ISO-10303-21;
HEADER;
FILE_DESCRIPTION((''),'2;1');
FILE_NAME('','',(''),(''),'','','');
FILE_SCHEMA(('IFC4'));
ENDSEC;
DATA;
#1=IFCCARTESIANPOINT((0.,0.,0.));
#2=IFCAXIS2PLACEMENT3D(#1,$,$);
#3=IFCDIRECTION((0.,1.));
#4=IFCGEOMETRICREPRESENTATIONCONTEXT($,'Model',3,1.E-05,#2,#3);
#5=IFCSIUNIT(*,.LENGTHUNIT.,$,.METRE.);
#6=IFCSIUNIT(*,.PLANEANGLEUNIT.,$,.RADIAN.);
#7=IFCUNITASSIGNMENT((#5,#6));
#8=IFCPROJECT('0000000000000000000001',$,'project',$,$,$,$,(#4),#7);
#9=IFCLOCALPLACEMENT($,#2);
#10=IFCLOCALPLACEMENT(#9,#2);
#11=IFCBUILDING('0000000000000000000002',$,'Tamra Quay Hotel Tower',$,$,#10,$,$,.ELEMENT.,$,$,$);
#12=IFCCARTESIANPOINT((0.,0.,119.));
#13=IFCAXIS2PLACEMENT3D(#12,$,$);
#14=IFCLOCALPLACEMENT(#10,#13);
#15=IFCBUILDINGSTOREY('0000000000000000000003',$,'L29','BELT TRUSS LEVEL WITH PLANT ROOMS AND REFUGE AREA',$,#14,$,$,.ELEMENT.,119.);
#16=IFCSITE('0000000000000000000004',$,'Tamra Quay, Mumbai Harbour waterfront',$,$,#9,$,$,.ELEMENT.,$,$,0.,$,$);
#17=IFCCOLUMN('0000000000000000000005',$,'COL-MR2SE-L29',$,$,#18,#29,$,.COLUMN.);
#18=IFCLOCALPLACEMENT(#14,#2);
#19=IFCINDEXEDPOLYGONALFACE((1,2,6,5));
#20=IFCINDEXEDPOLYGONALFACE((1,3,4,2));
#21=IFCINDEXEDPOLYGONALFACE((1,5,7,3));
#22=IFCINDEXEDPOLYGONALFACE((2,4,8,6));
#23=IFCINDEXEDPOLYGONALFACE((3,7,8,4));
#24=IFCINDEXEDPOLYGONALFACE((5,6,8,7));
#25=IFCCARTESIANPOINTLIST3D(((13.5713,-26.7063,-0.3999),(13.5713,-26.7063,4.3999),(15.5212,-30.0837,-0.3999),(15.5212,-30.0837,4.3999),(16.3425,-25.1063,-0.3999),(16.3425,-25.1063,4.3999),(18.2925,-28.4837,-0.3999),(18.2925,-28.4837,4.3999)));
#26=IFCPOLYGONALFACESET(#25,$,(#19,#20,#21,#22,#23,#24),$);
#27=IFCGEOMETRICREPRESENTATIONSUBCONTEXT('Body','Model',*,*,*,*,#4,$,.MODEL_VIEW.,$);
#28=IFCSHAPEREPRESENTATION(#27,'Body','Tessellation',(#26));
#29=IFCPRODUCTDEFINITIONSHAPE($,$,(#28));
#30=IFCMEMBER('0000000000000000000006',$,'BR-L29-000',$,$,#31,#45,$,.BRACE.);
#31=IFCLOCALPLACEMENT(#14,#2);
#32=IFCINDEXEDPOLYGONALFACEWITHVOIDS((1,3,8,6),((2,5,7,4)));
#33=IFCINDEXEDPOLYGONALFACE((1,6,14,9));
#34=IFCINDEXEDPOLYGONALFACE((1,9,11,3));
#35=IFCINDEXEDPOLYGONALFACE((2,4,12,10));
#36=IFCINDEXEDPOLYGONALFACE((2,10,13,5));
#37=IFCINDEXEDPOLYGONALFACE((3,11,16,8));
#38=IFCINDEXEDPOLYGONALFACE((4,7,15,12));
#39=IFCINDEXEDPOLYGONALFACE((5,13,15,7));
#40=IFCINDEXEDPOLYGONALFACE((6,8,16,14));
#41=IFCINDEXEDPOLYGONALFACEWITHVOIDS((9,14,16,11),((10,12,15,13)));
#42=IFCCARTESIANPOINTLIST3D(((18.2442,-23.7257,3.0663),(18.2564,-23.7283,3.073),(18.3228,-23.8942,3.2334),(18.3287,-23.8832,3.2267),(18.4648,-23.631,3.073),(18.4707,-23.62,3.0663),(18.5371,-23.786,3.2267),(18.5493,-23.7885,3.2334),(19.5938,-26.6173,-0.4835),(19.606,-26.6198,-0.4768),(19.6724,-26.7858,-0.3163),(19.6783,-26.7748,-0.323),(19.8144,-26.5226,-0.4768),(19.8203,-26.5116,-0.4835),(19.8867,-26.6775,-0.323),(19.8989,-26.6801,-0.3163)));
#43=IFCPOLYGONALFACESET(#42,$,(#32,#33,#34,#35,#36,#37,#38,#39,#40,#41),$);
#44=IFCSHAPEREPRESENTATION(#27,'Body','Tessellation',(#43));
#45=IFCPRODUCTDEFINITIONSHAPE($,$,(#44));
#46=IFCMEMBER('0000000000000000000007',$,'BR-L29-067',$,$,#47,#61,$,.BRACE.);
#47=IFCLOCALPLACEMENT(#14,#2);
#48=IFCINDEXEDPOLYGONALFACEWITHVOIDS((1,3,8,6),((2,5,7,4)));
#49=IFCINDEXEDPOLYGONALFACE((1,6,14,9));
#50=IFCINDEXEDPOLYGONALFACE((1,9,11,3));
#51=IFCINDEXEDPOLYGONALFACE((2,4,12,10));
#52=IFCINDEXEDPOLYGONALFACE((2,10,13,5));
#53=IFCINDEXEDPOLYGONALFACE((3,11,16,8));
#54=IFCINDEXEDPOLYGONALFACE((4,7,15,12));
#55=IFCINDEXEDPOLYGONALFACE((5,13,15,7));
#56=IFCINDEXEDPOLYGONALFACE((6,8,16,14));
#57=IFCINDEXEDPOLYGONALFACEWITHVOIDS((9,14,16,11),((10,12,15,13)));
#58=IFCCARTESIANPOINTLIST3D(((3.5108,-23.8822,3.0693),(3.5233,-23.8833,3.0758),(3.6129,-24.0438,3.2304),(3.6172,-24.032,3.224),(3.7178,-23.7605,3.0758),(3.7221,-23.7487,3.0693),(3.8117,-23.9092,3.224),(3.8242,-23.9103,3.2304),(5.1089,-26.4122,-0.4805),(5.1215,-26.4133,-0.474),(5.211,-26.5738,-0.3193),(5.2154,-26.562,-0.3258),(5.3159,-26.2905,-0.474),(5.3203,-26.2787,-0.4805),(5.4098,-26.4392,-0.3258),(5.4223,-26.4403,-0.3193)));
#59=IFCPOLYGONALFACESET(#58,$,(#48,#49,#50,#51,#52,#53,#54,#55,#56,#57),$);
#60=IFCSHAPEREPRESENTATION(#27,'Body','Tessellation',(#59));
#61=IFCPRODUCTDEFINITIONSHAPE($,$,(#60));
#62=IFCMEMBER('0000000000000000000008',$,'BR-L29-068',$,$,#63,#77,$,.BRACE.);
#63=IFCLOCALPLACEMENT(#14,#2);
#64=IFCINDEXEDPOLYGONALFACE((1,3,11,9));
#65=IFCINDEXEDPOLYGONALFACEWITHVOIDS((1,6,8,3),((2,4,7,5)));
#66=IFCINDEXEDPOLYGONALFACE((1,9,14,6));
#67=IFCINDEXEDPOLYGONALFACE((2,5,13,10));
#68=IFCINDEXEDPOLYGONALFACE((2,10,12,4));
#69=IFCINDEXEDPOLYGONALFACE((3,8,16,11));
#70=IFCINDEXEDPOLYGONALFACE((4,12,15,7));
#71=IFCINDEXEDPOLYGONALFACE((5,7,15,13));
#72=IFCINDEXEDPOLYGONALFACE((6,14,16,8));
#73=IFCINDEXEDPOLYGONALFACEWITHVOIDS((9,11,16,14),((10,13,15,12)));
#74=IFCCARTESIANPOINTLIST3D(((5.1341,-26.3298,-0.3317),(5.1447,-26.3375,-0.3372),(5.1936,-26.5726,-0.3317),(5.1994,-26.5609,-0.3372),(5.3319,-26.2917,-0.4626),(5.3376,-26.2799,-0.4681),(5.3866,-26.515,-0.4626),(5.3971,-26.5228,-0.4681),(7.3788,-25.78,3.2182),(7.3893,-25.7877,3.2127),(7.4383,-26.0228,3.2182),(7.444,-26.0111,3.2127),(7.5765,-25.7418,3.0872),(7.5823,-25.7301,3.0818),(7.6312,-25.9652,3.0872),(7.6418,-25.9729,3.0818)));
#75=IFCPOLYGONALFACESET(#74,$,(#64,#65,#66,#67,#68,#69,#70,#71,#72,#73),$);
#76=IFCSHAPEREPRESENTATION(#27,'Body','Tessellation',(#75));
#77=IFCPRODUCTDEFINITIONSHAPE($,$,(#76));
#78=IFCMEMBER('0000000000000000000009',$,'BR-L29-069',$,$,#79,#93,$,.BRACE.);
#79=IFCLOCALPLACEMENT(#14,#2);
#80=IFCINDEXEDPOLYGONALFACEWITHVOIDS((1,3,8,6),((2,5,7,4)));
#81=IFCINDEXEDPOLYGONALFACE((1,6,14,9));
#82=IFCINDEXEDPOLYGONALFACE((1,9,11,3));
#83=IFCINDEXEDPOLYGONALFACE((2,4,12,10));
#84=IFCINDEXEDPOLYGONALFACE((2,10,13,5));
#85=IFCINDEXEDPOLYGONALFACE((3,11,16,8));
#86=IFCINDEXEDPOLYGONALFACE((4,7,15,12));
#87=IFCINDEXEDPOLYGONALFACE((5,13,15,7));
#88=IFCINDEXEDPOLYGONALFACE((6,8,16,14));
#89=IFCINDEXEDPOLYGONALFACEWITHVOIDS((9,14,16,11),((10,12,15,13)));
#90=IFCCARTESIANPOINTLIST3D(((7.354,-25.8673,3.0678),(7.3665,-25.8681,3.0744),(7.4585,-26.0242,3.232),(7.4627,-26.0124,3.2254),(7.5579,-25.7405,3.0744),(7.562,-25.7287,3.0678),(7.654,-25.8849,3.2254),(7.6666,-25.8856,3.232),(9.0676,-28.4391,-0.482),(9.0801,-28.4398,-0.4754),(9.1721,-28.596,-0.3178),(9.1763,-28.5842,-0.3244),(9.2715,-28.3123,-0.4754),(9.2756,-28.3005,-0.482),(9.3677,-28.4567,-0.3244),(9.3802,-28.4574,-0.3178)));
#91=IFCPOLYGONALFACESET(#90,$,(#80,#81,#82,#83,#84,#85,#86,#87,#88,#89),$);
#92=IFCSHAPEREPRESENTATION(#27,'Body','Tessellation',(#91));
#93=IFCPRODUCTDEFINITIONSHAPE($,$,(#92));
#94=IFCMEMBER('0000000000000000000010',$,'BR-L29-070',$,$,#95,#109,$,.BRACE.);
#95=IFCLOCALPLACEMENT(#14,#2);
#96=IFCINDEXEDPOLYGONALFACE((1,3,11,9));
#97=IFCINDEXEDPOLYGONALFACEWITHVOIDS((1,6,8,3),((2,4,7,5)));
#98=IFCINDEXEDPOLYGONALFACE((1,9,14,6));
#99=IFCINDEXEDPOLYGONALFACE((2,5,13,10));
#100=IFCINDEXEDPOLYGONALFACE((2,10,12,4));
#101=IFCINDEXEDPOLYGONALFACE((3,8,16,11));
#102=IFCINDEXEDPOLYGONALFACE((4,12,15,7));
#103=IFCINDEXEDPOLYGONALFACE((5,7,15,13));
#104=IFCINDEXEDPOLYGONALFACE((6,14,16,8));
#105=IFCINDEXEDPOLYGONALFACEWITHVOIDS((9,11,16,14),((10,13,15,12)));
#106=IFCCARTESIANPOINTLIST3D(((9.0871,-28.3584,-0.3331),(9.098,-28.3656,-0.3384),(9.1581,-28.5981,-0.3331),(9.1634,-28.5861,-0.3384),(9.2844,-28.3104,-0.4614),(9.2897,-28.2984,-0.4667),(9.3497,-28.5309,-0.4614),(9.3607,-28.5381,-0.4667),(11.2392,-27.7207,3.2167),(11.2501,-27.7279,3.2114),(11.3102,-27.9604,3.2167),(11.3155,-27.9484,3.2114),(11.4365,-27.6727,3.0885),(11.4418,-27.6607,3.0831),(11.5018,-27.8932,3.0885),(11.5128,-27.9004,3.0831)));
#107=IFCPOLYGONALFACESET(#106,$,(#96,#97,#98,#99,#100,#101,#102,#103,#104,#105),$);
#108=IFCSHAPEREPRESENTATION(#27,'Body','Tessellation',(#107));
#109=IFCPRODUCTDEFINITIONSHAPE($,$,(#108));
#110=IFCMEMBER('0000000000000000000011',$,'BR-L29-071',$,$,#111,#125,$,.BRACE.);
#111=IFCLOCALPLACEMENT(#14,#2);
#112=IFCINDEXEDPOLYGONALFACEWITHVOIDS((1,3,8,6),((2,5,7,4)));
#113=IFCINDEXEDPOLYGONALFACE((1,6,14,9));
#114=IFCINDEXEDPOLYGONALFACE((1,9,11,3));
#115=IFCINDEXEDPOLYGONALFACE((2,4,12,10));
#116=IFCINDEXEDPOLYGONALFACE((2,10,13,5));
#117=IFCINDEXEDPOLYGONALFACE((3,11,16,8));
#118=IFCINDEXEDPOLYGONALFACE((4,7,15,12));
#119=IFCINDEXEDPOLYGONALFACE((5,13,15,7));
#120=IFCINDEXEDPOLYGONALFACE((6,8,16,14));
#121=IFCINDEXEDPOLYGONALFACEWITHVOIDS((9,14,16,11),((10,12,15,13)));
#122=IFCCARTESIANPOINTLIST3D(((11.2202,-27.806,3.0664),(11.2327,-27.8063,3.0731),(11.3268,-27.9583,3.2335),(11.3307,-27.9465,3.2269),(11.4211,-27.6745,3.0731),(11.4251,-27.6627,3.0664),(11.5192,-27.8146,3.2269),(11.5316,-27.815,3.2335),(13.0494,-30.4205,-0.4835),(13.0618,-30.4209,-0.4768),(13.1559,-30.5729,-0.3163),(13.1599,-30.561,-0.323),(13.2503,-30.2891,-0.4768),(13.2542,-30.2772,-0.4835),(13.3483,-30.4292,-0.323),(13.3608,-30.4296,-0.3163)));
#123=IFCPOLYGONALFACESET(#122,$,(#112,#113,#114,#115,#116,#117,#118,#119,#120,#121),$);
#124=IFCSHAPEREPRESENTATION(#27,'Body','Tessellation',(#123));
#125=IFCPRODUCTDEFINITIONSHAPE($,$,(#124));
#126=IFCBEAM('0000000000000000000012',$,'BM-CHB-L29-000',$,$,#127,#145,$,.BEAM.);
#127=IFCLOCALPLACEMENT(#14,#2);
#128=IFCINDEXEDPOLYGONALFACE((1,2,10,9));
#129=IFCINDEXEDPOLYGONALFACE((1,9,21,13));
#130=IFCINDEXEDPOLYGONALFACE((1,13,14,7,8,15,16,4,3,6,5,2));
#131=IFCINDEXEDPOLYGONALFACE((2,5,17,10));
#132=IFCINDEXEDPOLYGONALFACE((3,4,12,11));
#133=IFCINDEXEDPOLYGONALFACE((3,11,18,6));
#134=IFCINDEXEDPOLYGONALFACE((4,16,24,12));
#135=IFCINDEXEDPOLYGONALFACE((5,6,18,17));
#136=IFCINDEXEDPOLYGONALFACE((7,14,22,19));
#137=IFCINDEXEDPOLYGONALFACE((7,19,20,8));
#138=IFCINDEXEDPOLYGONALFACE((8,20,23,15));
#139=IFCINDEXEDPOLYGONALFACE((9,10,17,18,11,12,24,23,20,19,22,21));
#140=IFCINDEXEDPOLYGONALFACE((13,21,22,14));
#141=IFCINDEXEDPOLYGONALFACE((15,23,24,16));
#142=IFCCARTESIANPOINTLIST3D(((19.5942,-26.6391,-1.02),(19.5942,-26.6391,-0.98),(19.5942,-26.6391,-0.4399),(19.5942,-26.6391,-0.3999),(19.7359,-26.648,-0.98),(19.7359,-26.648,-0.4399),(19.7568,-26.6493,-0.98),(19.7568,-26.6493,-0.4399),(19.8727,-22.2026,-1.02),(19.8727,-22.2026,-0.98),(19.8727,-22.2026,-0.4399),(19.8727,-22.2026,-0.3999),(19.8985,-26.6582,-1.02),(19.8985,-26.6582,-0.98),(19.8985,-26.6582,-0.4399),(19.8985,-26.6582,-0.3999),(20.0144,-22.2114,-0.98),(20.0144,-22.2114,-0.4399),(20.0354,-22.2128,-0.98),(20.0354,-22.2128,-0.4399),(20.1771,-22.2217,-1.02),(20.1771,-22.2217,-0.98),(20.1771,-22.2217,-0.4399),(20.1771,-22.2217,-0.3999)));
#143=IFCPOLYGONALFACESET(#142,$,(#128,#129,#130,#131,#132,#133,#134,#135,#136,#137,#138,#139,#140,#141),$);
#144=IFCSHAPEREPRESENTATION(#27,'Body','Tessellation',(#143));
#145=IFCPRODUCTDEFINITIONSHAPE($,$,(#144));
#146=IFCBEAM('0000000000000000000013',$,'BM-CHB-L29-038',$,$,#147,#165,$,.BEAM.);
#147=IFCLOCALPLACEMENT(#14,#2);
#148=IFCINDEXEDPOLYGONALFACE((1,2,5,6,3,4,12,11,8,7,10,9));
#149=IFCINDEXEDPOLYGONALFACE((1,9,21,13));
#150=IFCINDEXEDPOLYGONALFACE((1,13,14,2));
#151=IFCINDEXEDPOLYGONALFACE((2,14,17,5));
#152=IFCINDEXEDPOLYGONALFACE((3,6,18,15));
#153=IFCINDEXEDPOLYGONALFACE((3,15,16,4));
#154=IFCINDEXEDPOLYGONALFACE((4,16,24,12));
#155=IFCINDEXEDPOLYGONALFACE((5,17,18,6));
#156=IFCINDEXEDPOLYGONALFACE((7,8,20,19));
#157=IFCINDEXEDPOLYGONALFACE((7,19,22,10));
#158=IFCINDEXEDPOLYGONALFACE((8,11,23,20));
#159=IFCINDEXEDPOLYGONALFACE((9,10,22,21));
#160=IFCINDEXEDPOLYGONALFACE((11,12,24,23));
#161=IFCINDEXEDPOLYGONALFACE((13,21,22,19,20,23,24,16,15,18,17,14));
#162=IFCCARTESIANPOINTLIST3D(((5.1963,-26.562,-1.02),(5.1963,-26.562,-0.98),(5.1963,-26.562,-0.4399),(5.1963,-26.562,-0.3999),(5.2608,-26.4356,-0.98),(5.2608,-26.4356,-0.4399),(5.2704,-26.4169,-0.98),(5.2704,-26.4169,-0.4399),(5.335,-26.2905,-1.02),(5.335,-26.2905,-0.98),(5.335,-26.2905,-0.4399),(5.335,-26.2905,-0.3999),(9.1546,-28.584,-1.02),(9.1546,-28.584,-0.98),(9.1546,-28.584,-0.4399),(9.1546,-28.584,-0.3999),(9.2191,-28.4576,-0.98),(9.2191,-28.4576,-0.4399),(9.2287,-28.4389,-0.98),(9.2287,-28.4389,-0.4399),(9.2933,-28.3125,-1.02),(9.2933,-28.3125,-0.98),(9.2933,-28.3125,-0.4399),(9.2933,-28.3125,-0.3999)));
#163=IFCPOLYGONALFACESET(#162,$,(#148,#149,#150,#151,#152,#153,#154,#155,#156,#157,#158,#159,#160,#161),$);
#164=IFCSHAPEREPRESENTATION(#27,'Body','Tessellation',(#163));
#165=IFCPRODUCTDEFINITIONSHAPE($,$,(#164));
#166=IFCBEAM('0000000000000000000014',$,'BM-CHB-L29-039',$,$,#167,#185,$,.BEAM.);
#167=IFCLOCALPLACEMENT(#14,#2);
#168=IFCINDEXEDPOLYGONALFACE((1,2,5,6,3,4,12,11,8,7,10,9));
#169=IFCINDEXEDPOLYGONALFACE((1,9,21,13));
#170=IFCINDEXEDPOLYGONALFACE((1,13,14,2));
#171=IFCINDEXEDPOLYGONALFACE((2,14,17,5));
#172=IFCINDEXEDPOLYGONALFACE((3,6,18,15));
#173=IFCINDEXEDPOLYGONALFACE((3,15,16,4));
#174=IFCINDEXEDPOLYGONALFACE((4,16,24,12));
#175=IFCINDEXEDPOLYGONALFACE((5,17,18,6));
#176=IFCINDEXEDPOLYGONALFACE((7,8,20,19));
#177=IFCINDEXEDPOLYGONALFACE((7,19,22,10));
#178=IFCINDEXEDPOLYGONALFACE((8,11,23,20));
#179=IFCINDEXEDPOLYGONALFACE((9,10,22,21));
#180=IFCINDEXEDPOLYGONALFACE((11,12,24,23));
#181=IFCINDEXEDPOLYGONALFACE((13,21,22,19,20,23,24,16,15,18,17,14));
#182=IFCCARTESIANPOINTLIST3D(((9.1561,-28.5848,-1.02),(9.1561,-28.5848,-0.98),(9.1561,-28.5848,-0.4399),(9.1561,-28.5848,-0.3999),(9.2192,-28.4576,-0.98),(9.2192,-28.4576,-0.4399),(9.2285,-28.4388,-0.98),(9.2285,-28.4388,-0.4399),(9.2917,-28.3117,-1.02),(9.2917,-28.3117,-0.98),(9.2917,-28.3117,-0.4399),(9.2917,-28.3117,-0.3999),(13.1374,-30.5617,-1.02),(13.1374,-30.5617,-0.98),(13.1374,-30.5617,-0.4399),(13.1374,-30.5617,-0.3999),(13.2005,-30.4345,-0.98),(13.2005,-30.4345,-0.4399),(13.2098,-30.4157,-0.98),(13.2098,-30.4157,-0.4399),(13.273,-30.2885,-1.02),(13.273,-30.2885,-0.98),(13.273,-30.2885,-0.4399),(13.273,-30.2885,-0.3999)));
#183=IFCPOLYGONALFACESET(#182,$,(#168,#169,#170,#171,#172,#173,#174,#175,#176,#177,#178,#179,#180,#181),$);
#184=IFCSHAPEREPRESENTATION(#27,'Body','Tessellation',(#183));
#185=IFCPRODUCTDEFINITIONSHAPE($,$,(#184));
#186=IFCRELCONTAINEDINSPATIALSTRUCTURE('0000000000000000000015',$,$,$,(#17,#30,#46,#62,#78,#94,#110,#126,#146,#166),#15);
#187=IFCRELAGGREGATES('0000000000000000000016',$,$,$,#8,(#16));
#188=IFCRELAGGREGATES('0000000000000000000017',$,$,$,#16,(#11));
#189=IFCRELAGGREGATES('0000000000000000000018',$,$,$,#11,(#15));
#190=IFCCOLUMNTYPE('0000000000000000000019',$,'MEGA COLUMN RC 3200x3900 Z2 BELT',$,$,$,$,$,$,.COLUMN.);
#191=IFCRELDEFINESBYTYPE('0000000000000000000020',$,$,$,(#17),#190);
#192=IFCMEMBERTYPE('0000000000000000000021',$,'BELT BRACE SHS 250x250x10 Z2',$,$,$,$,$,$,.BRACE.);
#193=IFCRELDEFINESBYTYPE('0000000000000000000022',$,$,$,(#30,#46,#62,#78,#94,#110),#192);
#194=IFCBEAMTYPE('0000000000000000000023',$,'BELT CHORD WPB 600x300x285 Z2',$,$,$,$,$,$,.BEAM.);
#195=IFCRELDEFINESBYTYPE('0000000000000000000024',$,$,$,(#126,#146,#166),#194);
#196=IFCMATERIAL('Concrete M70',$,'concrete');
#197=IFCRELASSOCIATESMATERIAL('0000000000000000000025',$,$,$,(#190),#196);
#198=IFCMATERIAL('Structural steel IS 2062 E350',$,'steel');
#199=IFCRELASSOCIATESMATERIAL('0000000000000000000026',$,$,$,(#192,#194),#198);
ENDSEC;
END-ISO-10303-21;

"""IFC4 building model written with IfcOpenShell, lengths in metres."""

from ifc_helpers import new_model, si_unit, direction, frame, origin, origin_2d, place, context, subcontext, project, spatial, rectangle, hollow_rectangle, i_section, extrude, material, material_profile, profile_set, type_object, element, save


model = new_model("IFC4")

# Units and contexts
model_context = context("Model", 3, precision=1e-05, world=origin(), true_north=direction((0.0, 1.0)))
body_context = subcontext(model_context, "Body", "Model", "MODEL_VIEW")
ifc_project = project(units=[si_unit("LENGTHUNIT", "METRE"), si_unit("PLANEANGLEUNIT", "RADIAN")], contexts=[model_context])

# Site, building, storey
site_placement = place(None, origin())
site = spatial("IfcSite", under=ifc_project, at=site_placement, Name="Tamra Quay, Mumbai Harbour waterfront", CompositionType="ELEMENT", RefElevation=0.0)
building_placement = place(site_placement, origin())
building = spatial("IfcBuilding", under=site, at=building_placement, Name="Tamra Quay Hotel Tower", CompositionType="ELEMENT")
storey_placement = place(building_placement, frame((0.0, 0.0, 119.0)))
storey = spatial("IfcBuildingStorey", under=building, at=storey_placement, Name="L29", Description="BELT TRUSS LEVEL WITH PLANT ROOMS AND REFUGE AREA", CompositionType="ELEMENT", Elevation=119.0)

# Column
ifc_material_1 = material(Name="Concrete M70", Category="concrete")
ifc_material_profile_1 = material_profile(ifc_material_1, rectangle(XDim=3.8999, YDim=3.2, at=origin_2d()), Name="MEGA COLUMN RC 3200x3900 Z2 BELT")
ifc_profile_set_1 = profile_set([ifc_material_profile_1], Name="Concrete M70")
column_type = type_object("IfcColumnType", Name="MEGA COLUMN RC 3200x3900 Z2 BELT", PredefinedType="COLUMN", material=ifc_profile_set_1)
column_placement = place(storey_placement, frame((15.9319, -27.595, -0.3999), z_axis=(0.0, 0.0, 1.0), x_axis=(-0.5, 0.866025, 0.0)))
element("IfcColumn", 1, at=column_placement, inside=storey, type_object=column_type, Name="COL-MR2SE-L29", PredefinedType="COLUMN", context=body_context, shape_type="SweptSolid", body=[
    extrude(rectangle(XDim=3.8999, YDim=3.2, at=origin_2d()), origin(), (0.0, 0.0, 1.0), 4.7998),
])

# Members
ifc_material_2 = material(Name="Structural steel IS 2062 E350", Category="steel")
ifc_material_profile_2 = material_profile(ifc_material_2, hollow_rectangle(XDim=0.25, YDim=0.25, WallThickness=0.01, at=origin_2d()), Name="SHS 250x250x10")
ifc_profile_set_2 = profile_set([ifc_material_profile_2], Name="Structural steel IS 2062 E350")
member_type = type_object("IfcMemberType", Name="BELT BRACE SHS 250x250x10 Z2", PredefinedType="BRACE", material=ifc_profile_set_2)
member_1_placement = place(storey_placement, frame((19.7463, -26.6487, -0.3999), z_axis=(-0.282744, 0.605793, 0.743687), x_axis=(-0.90616, -0.422936, 0.0)))
element("IfcMember", 2, at=member_1_placement, inside=storey, type_object=member_type, Name="BR-L29-000", PredefinedType="BRACE", context=body_context, shape_type="SweptSolid", body=[
    extrude(hollow_rectangle(XDim=0.25, YDim=0.25, WallThickness=0.01, at=origin_2d()), origin(), (0.0, 0.0, 1.0), 4.7732),
])
member_2_placement = place(storey_placement, frame((5.2656, -26.4263, -0.3999), z_axis=(-0.344215, 0.544928, 0.764571), x_axis=(-0.845454, -0.534048, 0.0)))
element("IfcMember", 3, at=member_2_placement, inside=storey, type_object=member_type, Name="BR-L29-067", PredefinedType="BRACE", context=body_context, shape_type="SweptSolid", body=[
    extrude(hollow_rectangle(XDim=0.25, YDim=0.25, WallThickness=0.01, at=origin_2d()), origin(), (0.0, 0.0, 1.0), 4.6428),
])
member_3_placement = place(storey_placement, frame((5.2656, -26.4263, -0.3999), z_axis=(0.529922, 0.1298, 0.838054), x_axis=(-0.237909, 0.971287, 0.0)))
element("IfcMember", 4, at=member_3_placement, inside=storey, type_object=member_type, Name="BR-L29-068", PredefinedType="BRACE", context=body_context, shape_type="SweptSolid", body=[
    extrude(hollow_rectangle(XDim=0.25, YDim=0.25, WallThickness=0.01, at=origin_2d()), origin(), (0.0, 0.0, 1.0), 4.2358),
])
member_4_placement = place(storey_placement, frame((9.2239, -28.4482, -0.3999), z_axis=(-0.364093, 0.546425, 0.754226), x_axis=(-0.832184, -0.5545, 0.0)))
element("IfcMember", 5, at=member_4_placement, inside=storey, type_object=member_type, Name="BR-L29-069", PredefinedType="BRACE", context=body_context, shape_type="SweptSolid", body=[
    extrude(hollow_rectangle(XDim=0.25, YDim=0.25, WallThickness=0.01, at=origin_2d()), origin(), (0.0, 0.0, 1.0), 4.7065),
])
member_5_placement = place(storey_placement, frame((9.2239, -28.4482, -0.3999), z_axis=(0.512415, 0.151835, 0.845208), x_axis=(-0.284103, 0.958794, 0.0)))
element("IfcMember", 6, at=member_5_placement, inside=storey, type_object=member_type, Name="BR-L29-070", PredefinedType="BRACE", context=body_context, shape_type="SweptSolid", body=[
    extrude(hollow_rectangle(XDim=0.25, YDim=0.25, WallThickness=0.01, at=origin_2d()), origin(), (0.0, 0.0, 1.0), 4.2),
])
member_6_placement = place(storey_placement, frame((13.2051, -30.425, -0.3999), z_axis=(-0.383212, 0.547759, 0.743713), x_axis=(-0.819386, -0.573242, 0.0)))
element("IfcMember", 7, at=member_6_placement, inside=storey, type_object=member_type, Name="BR-L29-071", PredefinedType="BRACE", context=body_context, shape_type="SweptSolid", body=[
    extrude(hollow_rectangle(XDim=0.25, YDim=0.25, WallThickness=0.01, at=origin_2d()), origin(), (0.0, 0.0, 1.0), 4.7732),
])

# Beams
ifc_material_profile_3 = material_profile(ifc_material_2, i_section(OverallWidth=0.3049, OverallDepth=0.6201, WebThickness=0.021, FlangeThickness=0.04, at=origin_2d()), Name="WPB 600x300x285")
ifc_profile_set_3 = profile_set([ifc_material_profile_3], Name="Structural steel IS 2062 E350")
beam_type_1 = type_object("IfcBeamType", Name="BELT CHORD WPB 600x300x285 Z2", PredefinedType="BEAM", material=ifc_profile_set_3)
beam_1_placement = place(storey_placement, frame((19.7463, -26.6487, -0.71), z_axis=(0.062665, 0.998035, 0.0), x_axis=(-0.998035, 0.062665, 0.0)))
element("IfcBeam", 8, at=beam_1_placement, inside=storey, type_object=beam_type_1, Name="BM-CHB-L29-000", PredefinedType="BEAM", context=body_context, shape_type="SweptSolid", body=[
    extrude(i_section(OverallWidth=0.3049, OverallDepth=0.6201, WebThickness=0.021, FlangeThickness=0.04, at=origin_2d()), origin(), (0.0, 0.0, 1.0), 4.4453),
])
beam_2_placement = place(storey_placement, frame((5.2656, -26.4263, -0.71), z_axis=(0.890538, -0.454909, 0.0), x_axis=(0.454909, 0.890538, 0.0)))
element("IfcBeam", 9, at=beam_2_placement, inside=storey, type_object=beam_type_1, Name="BM-CHB-L29-038", PredefinedType="BEAM", context=body_context, shape_type="SweptSolid", body=[
    extrude(i_section(OverallWidth=0.3049, OverallDepth=0.6201, WebThickness=0.021, FlangeThickness=0.04, at=origin_2d()), origin(), (0.0, 0.0, 1.0), 4.4448),
])
beam_3_placement = place(storey_placement, frame((9.2239, -28.4482, -0.71), z_axis=(0.895665, -0.444729, 0.0), x_axis=(0.444729, 0.895665, 0.0)))
element("IfcBeam", 10, at=beam_3_placement, inside=storey, type_object=beam_type_1, Name="BM-CHB-L29-039", PredefinedType="BEAM", context=body_context, shape_type="SweptSolid", body=[
    extrude(i_section(OverallWidth=0.3049, OverallDepth=0.6201, WebThickness=0.021, FlangeThickness=0.04, at=origin_2d()), origin(), (0.0, 0.0, 1.0), 4.4451),
])

save(model, "model.ifc")
